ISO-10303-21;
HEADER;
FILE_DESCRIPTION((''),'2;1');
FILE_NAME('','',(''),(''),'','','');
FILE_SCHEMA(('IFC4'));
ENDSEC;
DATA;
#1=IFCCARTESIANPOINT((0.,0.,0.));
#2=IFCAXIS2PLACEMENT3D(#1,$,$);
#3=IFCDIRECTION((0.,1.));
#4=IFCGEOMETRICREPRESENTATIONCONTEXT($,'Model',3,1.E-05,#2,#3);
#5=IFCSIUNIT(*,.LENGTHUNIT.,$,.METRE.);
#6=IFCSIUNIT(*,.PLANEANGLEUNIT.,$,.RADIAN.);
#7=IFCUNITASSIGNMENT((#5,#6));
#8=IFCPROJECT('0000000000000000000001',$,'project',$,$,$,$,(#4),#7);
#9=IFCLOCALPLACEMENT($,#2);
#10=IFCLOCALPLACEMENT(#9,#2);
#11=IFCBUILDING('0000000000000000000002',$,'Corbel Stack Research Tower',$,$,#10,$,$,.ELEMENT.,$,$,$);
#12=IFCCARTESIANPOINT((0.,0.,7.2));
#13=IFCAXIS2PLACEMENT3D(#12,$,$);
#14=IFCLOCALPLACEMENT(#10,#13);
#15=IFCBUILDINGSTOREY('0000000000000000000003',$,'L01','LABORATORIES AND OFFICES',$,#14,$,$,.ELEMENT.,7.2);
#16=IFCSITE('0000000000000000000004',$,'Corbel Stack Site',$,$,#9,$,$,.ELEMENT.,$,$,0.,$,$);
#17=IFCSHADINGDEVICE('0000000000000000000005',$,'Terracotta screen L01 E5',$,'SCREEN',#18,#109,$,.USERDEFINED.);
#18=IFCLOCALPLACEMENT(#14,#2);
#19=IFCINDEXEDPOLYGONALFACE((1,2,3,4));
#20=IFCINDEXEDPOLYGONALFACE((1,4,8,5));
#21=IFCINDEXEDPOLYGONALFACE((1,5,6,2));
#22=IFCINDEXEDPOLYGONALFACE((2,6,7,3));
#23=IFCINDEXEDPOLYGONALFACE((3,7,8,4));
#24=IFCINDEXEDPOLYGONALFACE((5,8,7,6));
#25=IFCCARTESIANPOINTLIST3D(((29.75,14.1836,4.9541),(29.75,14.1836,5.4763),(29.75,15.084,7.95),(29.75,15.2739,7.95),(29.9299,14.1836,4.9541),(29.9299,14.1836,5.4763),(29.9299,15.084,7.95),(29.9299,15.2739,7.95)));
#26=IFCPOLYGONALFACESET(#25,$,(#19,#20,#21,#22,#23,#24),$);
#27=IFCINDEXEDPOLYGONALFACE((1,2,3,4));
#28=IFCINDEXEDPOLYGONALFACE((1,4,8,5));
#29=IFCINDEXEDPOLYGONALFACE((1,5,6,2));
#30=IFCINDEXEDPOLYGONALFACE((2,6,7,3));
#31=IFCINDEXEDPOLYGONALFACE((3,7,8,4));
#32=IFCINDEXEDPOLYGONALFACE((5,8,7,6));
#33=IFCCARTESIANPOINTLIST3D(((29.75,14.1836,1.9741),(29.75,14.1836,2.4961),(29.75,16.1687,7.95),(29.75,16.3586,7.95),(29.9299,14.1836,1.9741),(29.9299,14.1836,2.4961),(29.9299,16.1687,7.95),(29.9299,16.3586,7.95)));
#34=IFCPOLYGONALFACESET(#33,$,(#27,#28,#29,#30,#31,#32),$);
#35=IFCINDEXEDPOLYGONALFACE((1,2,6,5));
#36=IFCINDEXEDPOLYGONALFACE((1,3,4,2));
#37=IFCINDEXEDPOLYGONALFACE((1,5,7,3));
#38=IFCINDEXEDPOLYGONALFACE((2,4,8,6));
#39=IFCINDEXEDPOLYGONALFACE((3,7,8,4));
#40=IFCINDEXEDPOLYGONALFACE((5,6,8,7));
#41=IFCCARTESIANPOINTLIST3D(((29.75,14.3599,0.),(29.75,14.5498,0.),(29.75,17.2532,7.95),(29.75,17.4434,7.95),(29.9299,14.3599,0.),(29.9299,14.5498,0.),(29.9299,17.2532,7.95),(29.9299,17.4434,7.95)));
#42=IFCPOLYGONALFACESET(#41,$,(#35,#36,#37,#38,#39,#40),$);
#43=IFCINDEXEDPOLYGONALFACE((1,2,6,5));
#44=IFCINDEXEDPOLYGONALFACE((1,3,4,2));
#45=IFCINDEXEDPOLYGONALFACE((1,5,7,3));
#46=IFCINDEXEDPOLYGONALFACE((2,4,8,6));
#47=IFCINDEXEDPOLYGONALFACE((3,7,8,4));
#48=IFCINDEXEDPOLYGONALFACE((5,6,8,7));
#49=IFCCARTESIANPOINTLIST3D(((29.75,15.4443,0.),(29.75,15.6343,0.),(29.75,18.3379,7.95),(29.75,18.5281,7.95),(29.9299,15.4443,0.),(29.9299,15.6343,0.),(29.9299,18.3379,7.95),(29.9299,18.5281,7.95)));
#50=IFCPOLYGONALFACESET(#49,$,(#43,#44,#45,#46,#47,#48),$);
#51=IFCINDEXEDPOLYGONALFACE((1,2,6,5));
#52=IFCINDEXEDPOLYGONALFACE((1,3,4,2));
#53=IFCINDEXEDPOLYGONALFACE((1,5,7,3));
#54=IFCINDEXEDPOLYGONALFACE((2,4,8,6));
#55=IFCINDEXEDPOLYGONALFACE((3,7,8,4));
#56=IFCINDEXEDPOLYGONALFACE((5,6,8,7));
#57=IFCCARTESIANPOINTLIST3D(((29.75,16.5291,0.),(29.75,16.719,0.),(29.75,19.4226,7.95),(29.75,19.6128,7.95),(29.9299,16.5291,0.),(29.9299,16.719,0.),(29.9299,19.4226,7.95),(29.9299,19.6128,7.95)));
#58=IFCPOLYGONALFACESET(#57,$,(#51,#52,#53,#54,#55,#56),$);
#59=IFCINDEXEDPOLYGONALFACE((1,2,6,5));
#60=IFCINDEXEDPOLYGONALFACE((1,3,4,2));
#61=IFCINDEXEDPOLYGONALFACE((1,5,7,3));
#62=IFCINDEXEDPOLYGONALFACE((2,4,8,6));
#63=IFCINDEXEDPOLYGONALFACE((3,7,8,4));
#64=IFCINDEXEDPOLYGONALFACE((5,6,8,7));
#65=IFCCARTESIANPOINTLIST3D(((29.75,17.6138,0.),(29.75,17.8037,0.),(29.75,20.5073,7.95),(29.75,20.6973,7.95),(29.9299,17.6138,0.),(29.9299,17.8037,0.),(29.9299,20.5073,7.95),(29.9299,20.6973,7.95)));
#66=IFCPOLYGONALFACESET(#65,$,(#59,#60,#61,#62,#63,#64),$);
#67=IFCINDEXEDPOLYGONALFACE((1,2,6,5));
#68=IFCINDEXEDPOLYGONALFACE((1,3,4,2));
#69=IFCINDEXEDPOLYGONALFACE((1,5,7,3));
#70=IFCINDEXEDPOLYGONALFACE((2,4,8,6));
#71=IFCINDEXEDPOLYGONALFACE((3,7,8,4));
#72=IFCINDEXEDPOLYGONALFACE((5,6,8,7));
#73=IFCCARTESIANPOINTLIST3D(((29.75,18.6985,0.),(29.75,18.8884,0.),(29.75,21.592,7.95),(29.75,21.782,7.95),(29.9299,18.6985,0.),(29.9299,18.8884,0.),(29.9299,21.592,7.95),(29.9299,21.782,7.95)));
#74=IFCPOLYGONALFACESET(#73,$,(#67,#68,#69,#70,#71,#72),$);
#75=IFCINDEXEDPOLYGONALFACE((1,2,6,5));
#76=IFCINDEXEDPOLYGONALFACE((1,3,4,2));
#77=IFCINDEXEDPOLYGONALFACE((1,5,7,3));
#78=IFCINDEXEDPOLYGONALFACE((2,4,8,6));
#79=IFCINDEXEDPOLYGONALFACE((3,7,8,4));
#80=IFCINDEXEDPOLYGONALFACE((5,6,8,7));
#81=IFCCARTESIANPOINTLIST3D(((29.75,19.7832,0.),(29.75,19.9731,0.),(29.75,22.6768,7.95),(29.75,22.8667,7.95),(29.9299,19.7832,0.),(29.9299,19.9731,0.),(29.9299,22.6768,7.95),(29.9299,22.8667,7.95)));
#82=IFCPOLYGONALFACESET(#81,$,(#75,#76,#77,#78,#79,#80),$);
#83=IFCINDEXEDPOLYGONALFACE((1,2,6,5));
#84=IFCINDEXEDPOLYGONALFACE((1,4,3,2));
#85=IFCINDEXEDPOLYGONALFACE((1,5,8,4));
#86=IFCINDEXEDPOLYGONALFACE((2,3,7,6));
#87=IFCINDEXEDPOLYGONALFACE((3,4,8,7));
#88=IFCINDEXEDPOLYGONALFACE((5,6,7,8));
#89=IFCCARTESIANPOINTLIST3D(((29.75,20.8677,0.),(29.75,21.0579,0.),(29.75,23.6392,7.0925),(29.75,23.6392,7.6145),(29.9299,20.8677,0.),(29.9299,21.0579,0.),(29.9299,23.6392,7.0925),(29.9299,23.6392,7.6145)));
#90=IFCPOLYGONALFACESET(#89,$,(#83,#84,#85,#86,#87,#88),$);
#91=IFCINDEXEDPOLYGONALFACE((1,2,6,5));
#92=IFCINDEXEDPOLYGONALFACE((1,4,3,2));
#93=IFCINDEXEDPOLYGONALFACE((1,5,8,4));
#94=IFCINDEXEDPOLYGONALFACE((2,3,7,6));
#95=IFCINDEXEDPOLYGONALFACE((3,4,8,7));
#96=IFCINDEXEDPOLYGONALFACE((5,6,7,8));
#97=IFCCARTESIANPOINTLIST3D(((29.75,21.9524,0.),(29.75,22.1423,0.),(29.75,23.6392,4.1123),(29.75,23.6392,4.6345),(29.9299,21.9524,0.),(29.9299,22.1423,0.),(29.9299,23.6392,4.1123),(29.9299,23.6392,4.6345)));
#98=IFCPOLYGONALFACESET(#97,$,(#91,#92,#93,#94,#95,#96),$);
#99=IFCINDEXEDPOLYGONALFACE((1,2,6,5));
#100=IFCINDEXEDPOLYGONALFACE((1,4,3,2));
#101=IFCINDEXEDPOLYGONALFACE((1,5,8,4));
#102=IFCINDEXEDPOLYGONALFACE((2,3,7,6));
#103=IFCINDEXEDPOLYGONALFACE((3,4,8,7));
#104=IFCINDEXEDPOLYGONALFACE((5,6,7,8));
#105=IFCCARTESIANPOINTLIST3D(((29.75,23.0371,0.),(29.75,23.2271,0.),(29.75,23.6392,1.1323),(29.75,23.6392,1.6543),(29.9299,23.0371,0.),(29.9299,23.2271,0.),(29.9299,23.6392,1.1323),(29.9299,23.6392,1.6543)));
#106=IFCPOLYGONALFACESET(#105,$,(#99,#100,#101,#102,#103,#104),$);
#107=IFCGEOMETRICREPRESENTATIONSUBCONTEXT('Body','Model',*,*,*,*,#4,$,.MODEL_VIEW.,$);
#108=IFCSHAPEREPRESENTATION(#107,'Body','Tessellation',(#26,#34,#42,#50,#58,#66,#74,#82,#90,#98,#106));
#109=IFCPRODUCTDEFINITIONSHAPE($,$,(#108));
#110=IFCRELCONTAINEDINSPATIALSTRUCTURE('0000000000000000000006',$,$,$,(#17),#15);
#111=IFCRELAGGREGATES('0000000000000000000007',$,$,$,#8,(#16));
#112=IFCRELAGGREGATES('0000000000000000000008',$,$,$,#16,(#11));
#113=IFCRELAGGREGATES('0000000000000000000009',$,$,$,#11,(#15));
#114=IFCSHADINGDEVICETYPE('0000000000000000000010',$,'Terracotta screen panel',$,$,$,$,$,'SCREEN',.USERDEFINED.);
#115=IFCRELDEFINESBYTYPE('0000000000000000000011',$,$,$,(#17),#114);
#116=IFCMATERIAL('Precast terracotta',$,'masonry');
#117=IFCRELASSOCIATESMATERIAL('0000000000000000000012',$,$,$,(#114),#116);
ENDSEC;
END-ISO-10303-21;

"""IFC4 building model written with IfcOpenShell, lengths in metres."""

from ifc_helpers import new_model, si_unit, direction, frame, origin, place, context, subcontext, project, spatial, polyline, outline, extrude, source, transform, mapped, material, type_object, element, save


model = new_model("IFC4")

# Units and contexts
model_context = context("Model", 3, precision=1e-05, world=origin(), true_north=direction((0.0, 1.0)))
body_context = subcontext(model_context, "Body", "Model", "MODEL_VIEW")
ifc_project = project(units=[si_unit("LENGTHUNIT", "METRE"), si_unit("PLANEANGLEUNIT", "RADIAN")], contexts=[model_context])

# Site, building, storey
site_placement = place(None, origin())
site = spatial("IfcSite", under=ifc_project, at=site_placement, Name="Corbel Stack Site", CompositionType="ELEMENT", RefElevation=0.0)
building_placement = place(site_placement, origin())
building = spatial("IfcBuilding", under=site, at=building_placement, Name="Corbel Stack Research Tower", CompositionType="ELEMENT")
storey_placement = place(building_placement, frame((0.0, 0.0, 7.2)))
storey = spatial("IfcBuildingStorey", under=building, at=storey_placement, Name="L01", Description="LABORATORIES AND OFFICES", CompositionType="ELEMENT", Elevation=7.2)

# Shading device
ifc_material_1 = material(Name="Precast terracotta", Category="masonry")
shading_device_type = type_object("IfcShadingDeviceType", Name="Terracotta screen panel", ElementType="SCREEN", PredefinedType="USERDEFINED", material=ifc_material_1)
shared_shape = source(origin(), body_context, "Body", "SweptSolid", [
    extrude(outline(polyline([(1.0903, 7.95), (0.9004, 7.95), (0.0, 5.4763), (0.0, 4.9541), (1.0903, 7.95)])), frame((0.0, 0.0, 0.0), z_axis=(0.0, -1.0, 0.0), x_axis=(1.0, 0.0, 0.0)), (0.0, 0.0, 1.0), 0.1799),
    extrude(outline(polyline([(2.175, 7.95), (1.9851, 7.95), (0.0, 2.4961), (0.0, 1.9741), (2.175, 7.95)])), frame((0.0, 0.0, 0.0), z_axis=(0.0, -1.0, 0.0), x_axis=(1.0, 0.0, 0.0)), (0.0, 0.0, 1.0), 0.1799),
    extrude(outline(polyline([(0.3662, 0.0), (3.2598, 7.95), (3.0696, 7.95), (0.1763, 0.0), (0.3662, 0.0)])), frame((0.0, 0.0, 0.0), z_axis=(0.0, -1.0, 0.0), x_axis=(1.0, 0.0, 0.0)), (0.0, 0.0, 1.0), 0.1799),
    extrude(outline(polyline([(1.4507, 0.0), (4.3445, 7.95), (4.1543, 7.95), (1.2607, 0.0), (1.4507, 0.0)])), frame((0.0, 0.0, 0.0), z_axis=(0.0, -1.0, 0.0), x_axis=(1.0, 0.0, 0.0)), (0.0, 0.0, 1.0), 0.1799),
    extrude(outline(polyline([(2.5354, 0.0), (5.4292, 7.95), (5.239, 7.95), (2.3455, 0.0), (2.5354, 0.0)])), frame((0.0, 0.0, 0.0), z_axis=(0.0, -1.0, 0.0), x_axis=(1.0, 0.0, 0.0)), (0.0, 0.0, 1.0), 0.1799),
    extrude(outline(polyline([(3.6201, 0.0), (6.5137, 7.95), (6.3237, 7.95), (3.4302, 0.0), (3.6201, 0.0)])), frame((0.0, 0.0, 0.0), z_axis=(0.0, -1.0, 0.0), x_axis=(1.0, 0.0, 0.0)), (0.0, 0.0, 1.0), 0.1799),
    extrude(outline(polyline([(4.7048, 0.0), (7.5984, 7.95), (7.4084, 7.95), (4.5149, 0.0), (4.7048, 0.0)])), frame((0.0, 0.0, 0.0), z_axis=(0.0, -1.0, 0.0), x_axis=(1.0, 0.0, 0.0)), (0.0, 0.0, 1.0), 0.1799),
    extrude(outline(polyline([(5.7896, 0.0), (8.6831, 7.95), (8.4932, 7.95), (5.5996, 0.0), (5.7896, 0.0)])), frame((0.0, 0.0, 0.0), z_axis=(0.0, -1.0, 0.0), x_axis=(1.0, 0.0, 0.0)), (0.0, 0.0, 1.0), 0.1799),
    extrude(outline(polyline([(6.8743, 0.0), (9.4556, 7.0925), (9.4556, 7.6145), (6.6841, 0.0), (6.8743, 0.0)])), frame((0.0, 0.0, 0.0), z_axis=(0.0, -1.0, 0.0), x_axis=(1.0, 0.0, 0.0)), (0.0, 0.0, 1.0), 0.1799),
    extrude(outline(polyline([(7.9587, 0.0), (9.4556, 4.1123), (9.4556, 4.6345), (7.7688, 0.0), (7.9587, 0.0)])), frame((0.0, 0.0, 0.0), z_axis=(0.0, -1.0, 0.0), x_axis=(1.0, 0.0, 0.0)), (0.0, 0.0, 1.0), 0.1799),
    extrude(outline(polyline([(9.0435, 0.0), (9.4556, 1.1323), (9.4556, 1.6543), (8.8535, 0.0), (9.0435, 0.0)])), frame((0.0, 0.0, 0.0), z_axis=(0.0, -1.0, 0.0), x_axis=(1.0, 0.0, 0.0)), (0.0, 0.0, 1.0), 0.1799),
])
shading_device_placement = place(storey_placement, frame((29.75, 14.1836, 0.0), z_axis=(0.0, 0.0, 1.0), x_axis=(0.0, 1.0, 0.0)))
element("IfcShadingDevice", 1, at=shading_device_placement, inside=storey, type_object=shading_device_type, Name="Terracotta screen L01 E5", ObjectType="SCREEN", PredefinedType="USERDEFINED", context=body_context, shape_type="MappedRepresentation", body=[
    mapped(shared_shape, transform((0.0, 0.0, 0.0))),
])

save(model, "model.ifc")
